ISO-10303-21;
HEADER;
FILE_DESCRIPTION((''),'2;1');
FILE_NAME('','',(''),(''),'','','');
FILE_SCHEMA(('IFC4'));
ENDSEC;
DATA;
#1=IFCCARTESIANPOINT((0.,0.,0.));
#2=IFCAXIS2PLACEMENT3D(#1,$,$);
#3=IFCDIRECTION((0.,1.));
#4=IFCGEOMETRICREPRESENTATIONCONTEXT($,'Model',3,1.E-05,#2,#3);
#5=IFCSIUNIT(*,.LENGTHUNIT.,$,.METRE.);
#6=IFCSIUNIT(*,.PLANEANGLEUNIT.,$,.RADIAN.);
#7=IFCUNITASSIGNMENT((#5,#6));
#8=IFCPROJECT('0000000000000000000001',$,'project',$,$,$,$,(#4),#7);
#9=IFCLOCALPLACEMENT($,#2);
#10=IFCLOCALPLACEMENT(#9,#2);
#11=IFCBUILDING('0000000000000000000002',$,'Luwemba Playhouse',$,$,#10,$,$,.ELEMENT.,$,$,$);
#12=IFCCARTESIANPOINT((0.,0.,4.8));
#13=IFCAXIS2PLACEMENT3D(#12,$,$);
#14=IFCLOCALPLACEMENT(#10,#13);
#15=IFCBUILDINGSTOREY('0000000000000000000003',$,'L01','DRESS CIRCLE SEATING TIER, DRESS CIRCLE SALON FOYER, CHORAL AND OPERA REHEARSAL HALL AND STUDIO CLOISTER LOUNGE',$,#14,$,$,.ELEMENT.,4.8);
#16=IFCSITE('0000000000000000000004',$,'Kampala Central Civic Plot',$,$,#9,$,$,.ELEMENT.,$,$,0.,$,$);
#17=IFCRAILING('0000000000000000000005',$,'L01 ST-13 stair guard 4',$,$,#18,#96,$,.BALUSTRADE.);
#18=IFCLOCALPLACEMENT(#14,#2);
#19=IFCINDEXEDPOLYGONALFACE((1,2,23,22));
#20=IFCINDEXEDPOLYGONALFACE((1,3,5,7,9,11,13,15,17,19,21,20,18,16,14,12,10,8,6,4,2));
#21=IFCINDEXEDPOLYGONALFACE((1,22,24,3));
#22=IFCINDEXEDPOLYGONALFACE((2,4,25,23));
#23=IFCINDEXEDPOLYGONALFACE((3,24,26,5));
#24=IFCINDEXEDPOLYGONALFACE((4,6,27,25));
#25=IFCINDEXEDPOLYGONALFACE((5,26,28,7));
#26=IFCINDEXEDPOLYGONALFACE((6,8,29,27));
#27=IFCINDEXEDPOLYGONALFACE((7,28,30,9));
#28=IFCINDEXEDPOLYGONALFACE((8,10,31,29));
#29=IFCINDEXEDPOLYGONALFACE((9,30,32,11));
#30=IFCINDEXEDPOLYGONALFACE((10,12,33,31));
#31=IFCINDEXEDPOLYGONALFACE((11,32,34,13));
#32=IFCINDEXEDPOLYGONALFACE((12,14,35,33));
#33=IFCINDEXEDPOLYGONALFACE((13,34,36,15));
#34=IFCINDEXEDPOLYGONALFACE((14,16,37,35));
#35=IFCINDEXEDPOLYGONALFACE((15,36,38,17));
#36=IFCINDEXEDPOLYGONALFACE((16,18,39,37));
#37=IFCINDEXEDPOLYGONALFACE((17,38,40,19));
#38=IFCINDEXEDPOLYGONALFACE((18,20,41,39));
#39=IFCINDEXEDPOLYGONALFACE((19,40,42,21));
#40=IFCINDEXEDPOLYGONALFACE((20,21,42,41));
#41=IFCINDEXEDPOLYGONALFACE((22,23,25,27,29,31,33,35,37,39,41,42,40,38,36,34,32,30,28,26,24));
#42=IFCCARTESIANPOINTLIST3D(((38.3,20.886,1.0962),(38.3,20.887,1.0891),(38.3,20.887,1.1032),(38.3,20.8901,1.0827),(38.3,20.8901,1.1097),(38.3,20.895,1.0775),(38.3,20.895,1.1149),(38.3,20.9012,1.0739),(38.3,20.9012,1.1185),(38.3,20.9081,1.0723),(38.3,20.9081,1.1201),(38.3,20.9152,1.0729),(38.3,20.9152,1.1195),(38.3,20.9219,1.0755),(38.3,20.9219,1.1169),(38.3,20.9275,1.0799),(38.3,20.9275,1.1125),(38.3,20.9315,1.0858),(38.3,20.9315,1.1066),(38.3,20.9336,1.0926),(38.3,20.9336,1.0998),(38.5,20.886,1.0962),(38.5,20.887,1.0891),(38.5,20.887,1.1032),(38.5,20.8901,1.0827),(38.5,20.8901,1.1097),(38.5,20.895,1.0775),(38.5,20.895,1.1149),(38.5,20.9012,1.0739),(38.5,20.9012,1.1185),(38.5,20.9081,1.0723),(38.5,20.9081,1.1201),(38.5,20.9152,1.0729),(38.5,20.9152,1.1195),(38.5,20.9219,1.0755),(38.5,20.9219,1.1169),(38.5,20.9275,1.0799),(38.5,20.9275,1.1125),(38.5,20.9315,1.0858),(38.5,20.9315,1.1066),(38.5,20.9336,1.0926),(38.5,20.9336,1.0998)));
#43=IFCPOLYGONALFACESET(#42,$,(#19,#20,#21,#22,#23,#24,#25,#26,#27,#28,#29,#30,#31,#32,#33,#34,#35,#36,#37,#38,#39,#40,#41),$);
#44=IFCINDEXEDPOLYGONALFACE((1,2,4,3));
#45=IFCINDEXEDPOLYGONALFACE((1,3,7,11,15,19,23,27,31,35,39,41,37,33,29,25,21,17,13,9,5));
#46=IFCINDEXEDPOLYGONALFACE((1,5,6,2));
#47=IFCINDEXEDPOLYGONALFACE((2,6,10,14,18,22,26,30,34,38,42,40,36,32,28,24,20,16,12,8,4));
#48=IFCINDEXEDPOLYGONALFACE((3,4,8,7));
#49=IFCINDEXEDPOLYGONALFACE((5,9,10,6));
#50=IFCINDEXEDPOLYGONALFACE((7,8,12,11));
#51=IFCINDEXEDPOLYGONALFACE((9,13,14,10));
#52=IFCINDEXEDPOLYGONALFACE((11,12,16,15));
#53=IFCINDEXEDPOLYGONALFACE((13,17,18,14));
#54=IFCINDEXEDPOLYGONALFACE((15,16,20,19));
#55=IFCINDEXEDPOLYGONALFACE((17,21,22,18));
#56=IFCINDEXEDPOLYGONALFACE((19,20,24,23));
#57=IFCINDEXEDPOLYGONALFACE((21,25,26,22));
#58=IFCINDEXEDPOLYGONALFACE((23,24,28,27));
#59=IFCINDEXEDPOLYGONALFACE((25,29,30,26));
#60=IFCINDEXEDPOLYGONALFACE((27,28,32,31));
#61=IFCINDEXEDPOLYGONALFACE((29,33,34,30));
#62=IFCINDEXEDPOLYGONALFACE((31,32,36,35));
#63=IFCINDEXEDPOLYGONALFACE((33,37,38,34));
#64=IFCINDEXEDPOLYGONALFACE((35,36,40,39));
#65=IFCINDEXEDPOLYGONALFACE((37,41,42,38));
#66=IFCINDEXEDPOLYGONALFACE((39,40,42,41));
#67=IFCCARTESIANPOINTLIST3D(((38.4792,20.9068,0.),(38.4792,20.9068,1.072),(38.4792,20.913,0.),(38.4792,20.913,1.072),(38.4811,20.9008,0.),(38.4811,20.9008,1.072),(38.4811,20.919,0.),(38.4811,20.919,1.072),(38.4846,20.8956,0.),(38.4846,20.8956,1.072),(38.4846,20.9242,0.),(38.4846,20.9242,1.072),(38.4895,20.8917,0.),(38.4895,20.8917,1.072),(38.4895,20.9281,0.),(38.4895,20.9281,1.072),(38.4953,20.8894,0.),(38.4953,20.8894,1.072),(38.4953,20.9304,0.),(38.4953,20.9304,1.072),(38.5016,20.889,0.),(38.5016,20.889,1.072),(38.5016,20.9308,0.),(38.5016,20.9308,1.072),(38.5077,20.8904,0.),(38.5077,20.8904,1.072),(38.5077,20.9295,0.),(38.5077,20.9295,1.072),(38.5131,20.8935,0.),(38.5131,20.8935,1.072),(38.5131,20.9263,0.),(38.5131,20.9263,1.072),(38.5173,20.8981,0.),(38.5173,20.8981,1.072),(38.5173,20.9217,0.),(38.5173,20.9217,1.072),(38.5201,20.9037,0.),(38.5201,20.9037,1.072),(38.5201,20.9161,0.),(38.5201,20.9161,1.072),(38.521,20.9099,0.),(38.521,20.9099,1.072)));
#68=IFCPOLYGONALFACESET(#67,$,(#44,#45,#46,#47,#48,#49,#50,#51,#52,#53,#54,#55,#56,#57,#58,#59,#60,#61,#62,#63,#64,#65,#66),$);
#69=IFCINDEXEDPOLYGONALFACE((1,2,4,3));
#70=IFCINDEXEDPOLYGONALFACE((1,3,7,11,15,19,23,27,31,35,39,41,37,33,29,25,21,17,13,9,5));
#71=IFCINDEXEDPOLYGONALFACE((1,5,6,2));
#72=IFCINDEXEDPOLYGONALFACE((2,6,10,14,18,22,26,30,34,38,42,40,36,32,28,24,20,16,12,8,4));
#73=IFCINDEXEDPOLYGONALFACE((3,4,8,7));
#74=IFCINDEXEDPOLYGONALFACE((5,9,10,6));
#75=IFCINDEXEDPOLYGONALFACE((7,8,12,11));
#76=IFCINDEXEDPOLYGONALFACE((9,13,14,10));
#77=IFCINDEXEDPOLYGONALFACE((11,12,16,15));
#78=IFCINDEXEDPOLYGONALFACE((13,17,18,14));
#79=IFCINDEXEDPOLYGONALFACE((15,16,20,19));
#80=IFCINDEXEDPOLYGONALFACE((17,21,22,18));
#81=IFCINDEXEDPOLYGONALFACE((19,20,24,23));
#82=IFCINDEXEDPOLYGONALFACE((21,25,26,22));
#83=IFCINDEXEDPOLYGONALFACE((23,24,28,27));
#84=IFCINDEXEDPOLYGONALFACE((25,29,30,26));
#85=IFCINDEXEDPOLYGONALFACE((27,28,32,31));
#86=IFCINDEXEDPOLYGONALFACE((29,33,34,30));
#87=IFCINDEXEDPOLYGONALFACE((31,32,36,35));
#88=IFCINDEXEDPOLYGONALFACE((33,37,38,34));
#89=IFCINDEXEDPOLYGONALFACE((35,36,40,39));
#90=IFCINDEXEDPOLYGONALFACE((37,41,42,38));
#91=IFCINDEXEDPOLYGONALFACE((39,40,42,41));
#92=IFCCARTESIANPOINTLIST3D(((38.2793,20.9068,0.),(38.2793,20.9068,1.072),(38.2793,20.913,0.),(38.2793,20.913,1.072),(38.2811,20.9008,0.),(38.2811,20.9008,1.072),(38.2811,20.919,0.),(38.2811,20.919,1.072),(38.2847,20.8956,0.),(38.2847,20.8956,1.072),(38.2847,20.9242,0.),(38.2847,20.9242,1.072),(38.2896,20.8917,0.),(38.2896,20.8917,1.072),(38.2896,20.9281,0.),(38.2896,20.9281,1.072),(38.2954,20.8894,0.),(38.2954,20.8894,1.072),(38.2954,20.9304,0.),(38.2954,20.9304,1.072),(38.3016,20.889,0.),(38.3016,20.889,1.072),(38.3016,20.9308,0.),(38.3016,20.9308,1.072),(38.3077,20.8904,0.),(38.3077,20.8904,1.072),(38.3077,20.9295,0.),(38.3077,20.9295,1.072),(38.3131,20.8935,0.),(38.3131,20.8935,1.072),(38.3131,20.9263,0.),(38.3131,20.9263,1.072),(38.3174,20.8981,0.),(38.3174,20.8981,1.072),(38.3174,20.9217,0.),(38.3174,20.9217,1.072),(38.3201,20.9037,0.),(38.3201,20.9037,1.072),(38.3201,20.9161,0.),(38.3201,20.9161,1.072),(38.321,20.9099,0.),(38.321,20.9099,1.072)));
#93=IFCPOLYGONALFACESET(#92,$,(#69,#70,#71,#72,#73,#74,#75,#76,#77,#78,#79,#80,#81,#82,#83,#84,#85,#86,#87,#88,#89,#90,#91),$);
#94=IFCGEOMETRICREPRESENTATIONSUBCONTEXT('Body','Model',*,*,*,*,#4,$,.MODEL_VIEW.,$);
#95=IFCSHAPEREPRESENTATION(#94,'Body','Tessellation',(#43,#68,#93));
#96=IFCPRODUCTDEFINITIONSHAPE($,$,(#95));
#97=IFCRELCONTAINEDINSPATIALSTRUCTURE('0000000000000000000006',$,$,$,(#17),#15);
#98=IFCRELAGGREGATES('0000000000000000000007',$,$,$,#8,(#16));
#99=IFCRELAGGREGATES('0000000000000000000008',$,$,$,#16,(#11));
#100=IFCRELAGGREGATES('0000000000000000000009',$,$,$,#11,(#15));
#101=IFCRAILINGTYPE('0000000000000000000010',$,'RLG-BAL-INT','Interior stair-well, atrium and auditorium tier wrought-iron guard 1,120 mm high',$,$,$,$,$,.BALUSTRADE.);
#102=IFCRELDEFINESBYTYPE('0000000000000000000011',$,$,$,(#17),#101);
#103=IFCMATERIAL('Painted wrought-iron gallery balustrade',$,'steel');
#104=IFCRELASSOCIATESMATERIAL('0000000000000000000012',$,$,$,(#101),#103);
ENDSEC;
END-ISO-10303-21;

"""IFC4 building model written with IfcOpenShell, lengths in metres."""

from ifc_helpers import new_model, si_unit, direction, frame, origin, origin_2d, place, context, subcontext, project, spatial, circle, extrude, material, type_object, element, save


model = new_model("IFC4")

# Units and contexts
model_context = context("Model", 3, precision=1e-05, world=origin(), true_north=direction((0.0, 1.0)))
body_context = subcontext(model_context, "Body", "Model", "MODEL_VIEW")
ifc_project = project(units=[si_unit("LENGTHUNIT", "METRE"), si_unit("PLANEANGLEUNIT", "RADIAN")], contexts=[model_context])

# Site, building, storey
site_placement = place(None, origin())
site = spatial("IfcSite", under=ifc_project, at=site_placement, Name="Kampala Central Civic Plot", CompositionType="ELEMENT", RefElevation=0.0)
building_placement = place(site_placement, origin())
building = spatial("IfcBuilding", under=site, at=building_placement, Name="Luwemba Playhouse", CompositionType="ELEMENT")
storey_placement = place(building_placement, frame((0.0, 0.0, 4.8)))
storey = spatial("IfcBuildingStorey", under=building, at=storey_placement, Name="L01", Description="DRESS CIRCLE SEATING TIER, DRESS CIRCLE SALON FOYER, CHORAL AND OPERA REHEARSAL HALL AND STUDIO CLOISTER LOUNGE", CompositionType="ELEMENT", Elevation=4.8)

# Railing
ifc_material_1 = material(Name="Painted wrought-iron gallery balustrade", Category="steel")
railing_type_1 = type_object("IfcRailingType", Name="RLG-BAL-INT", Description="Interior stair-well, atrium and auditorium tier wrought-iron guard 1,120 mm high", PredefinedType="BALUSTRADE", material=ifc_material_1)
railing_1_placement = place(storey_placement, frame((38.5, 20.9099, 0.0)))
element("IfcRailing", 1, at=railing_1_placement, inside=storey, type_object=railing_type_1, Name="L01 ST-13 stair guard 4", PredefinedType="BALUSTRADE", context=body_context, shape_type="SweptSolid", body=[
    extrude(circle(Radius=0.0239, at=origin_2d()), frame((0.0, 0.0, 1.0962), z_axis=(-1.0, 0.0, 0.0), x_axis=(0.0, -1.0, 0.0)), (0.0, 0.0, 1.0), 0.2),
    extrude(circle(Radius=0.021, at=origin_2d()), origin(), (0.0, 0.0, 1.0), 1.072),
    extrude(circle(Radius=0.021, at=origin_2d()), frame((-0.2, 0.0, 0.0)), (0.0, 0.0, 1.0), 1.072),
])

save(model, "model.ifc")
